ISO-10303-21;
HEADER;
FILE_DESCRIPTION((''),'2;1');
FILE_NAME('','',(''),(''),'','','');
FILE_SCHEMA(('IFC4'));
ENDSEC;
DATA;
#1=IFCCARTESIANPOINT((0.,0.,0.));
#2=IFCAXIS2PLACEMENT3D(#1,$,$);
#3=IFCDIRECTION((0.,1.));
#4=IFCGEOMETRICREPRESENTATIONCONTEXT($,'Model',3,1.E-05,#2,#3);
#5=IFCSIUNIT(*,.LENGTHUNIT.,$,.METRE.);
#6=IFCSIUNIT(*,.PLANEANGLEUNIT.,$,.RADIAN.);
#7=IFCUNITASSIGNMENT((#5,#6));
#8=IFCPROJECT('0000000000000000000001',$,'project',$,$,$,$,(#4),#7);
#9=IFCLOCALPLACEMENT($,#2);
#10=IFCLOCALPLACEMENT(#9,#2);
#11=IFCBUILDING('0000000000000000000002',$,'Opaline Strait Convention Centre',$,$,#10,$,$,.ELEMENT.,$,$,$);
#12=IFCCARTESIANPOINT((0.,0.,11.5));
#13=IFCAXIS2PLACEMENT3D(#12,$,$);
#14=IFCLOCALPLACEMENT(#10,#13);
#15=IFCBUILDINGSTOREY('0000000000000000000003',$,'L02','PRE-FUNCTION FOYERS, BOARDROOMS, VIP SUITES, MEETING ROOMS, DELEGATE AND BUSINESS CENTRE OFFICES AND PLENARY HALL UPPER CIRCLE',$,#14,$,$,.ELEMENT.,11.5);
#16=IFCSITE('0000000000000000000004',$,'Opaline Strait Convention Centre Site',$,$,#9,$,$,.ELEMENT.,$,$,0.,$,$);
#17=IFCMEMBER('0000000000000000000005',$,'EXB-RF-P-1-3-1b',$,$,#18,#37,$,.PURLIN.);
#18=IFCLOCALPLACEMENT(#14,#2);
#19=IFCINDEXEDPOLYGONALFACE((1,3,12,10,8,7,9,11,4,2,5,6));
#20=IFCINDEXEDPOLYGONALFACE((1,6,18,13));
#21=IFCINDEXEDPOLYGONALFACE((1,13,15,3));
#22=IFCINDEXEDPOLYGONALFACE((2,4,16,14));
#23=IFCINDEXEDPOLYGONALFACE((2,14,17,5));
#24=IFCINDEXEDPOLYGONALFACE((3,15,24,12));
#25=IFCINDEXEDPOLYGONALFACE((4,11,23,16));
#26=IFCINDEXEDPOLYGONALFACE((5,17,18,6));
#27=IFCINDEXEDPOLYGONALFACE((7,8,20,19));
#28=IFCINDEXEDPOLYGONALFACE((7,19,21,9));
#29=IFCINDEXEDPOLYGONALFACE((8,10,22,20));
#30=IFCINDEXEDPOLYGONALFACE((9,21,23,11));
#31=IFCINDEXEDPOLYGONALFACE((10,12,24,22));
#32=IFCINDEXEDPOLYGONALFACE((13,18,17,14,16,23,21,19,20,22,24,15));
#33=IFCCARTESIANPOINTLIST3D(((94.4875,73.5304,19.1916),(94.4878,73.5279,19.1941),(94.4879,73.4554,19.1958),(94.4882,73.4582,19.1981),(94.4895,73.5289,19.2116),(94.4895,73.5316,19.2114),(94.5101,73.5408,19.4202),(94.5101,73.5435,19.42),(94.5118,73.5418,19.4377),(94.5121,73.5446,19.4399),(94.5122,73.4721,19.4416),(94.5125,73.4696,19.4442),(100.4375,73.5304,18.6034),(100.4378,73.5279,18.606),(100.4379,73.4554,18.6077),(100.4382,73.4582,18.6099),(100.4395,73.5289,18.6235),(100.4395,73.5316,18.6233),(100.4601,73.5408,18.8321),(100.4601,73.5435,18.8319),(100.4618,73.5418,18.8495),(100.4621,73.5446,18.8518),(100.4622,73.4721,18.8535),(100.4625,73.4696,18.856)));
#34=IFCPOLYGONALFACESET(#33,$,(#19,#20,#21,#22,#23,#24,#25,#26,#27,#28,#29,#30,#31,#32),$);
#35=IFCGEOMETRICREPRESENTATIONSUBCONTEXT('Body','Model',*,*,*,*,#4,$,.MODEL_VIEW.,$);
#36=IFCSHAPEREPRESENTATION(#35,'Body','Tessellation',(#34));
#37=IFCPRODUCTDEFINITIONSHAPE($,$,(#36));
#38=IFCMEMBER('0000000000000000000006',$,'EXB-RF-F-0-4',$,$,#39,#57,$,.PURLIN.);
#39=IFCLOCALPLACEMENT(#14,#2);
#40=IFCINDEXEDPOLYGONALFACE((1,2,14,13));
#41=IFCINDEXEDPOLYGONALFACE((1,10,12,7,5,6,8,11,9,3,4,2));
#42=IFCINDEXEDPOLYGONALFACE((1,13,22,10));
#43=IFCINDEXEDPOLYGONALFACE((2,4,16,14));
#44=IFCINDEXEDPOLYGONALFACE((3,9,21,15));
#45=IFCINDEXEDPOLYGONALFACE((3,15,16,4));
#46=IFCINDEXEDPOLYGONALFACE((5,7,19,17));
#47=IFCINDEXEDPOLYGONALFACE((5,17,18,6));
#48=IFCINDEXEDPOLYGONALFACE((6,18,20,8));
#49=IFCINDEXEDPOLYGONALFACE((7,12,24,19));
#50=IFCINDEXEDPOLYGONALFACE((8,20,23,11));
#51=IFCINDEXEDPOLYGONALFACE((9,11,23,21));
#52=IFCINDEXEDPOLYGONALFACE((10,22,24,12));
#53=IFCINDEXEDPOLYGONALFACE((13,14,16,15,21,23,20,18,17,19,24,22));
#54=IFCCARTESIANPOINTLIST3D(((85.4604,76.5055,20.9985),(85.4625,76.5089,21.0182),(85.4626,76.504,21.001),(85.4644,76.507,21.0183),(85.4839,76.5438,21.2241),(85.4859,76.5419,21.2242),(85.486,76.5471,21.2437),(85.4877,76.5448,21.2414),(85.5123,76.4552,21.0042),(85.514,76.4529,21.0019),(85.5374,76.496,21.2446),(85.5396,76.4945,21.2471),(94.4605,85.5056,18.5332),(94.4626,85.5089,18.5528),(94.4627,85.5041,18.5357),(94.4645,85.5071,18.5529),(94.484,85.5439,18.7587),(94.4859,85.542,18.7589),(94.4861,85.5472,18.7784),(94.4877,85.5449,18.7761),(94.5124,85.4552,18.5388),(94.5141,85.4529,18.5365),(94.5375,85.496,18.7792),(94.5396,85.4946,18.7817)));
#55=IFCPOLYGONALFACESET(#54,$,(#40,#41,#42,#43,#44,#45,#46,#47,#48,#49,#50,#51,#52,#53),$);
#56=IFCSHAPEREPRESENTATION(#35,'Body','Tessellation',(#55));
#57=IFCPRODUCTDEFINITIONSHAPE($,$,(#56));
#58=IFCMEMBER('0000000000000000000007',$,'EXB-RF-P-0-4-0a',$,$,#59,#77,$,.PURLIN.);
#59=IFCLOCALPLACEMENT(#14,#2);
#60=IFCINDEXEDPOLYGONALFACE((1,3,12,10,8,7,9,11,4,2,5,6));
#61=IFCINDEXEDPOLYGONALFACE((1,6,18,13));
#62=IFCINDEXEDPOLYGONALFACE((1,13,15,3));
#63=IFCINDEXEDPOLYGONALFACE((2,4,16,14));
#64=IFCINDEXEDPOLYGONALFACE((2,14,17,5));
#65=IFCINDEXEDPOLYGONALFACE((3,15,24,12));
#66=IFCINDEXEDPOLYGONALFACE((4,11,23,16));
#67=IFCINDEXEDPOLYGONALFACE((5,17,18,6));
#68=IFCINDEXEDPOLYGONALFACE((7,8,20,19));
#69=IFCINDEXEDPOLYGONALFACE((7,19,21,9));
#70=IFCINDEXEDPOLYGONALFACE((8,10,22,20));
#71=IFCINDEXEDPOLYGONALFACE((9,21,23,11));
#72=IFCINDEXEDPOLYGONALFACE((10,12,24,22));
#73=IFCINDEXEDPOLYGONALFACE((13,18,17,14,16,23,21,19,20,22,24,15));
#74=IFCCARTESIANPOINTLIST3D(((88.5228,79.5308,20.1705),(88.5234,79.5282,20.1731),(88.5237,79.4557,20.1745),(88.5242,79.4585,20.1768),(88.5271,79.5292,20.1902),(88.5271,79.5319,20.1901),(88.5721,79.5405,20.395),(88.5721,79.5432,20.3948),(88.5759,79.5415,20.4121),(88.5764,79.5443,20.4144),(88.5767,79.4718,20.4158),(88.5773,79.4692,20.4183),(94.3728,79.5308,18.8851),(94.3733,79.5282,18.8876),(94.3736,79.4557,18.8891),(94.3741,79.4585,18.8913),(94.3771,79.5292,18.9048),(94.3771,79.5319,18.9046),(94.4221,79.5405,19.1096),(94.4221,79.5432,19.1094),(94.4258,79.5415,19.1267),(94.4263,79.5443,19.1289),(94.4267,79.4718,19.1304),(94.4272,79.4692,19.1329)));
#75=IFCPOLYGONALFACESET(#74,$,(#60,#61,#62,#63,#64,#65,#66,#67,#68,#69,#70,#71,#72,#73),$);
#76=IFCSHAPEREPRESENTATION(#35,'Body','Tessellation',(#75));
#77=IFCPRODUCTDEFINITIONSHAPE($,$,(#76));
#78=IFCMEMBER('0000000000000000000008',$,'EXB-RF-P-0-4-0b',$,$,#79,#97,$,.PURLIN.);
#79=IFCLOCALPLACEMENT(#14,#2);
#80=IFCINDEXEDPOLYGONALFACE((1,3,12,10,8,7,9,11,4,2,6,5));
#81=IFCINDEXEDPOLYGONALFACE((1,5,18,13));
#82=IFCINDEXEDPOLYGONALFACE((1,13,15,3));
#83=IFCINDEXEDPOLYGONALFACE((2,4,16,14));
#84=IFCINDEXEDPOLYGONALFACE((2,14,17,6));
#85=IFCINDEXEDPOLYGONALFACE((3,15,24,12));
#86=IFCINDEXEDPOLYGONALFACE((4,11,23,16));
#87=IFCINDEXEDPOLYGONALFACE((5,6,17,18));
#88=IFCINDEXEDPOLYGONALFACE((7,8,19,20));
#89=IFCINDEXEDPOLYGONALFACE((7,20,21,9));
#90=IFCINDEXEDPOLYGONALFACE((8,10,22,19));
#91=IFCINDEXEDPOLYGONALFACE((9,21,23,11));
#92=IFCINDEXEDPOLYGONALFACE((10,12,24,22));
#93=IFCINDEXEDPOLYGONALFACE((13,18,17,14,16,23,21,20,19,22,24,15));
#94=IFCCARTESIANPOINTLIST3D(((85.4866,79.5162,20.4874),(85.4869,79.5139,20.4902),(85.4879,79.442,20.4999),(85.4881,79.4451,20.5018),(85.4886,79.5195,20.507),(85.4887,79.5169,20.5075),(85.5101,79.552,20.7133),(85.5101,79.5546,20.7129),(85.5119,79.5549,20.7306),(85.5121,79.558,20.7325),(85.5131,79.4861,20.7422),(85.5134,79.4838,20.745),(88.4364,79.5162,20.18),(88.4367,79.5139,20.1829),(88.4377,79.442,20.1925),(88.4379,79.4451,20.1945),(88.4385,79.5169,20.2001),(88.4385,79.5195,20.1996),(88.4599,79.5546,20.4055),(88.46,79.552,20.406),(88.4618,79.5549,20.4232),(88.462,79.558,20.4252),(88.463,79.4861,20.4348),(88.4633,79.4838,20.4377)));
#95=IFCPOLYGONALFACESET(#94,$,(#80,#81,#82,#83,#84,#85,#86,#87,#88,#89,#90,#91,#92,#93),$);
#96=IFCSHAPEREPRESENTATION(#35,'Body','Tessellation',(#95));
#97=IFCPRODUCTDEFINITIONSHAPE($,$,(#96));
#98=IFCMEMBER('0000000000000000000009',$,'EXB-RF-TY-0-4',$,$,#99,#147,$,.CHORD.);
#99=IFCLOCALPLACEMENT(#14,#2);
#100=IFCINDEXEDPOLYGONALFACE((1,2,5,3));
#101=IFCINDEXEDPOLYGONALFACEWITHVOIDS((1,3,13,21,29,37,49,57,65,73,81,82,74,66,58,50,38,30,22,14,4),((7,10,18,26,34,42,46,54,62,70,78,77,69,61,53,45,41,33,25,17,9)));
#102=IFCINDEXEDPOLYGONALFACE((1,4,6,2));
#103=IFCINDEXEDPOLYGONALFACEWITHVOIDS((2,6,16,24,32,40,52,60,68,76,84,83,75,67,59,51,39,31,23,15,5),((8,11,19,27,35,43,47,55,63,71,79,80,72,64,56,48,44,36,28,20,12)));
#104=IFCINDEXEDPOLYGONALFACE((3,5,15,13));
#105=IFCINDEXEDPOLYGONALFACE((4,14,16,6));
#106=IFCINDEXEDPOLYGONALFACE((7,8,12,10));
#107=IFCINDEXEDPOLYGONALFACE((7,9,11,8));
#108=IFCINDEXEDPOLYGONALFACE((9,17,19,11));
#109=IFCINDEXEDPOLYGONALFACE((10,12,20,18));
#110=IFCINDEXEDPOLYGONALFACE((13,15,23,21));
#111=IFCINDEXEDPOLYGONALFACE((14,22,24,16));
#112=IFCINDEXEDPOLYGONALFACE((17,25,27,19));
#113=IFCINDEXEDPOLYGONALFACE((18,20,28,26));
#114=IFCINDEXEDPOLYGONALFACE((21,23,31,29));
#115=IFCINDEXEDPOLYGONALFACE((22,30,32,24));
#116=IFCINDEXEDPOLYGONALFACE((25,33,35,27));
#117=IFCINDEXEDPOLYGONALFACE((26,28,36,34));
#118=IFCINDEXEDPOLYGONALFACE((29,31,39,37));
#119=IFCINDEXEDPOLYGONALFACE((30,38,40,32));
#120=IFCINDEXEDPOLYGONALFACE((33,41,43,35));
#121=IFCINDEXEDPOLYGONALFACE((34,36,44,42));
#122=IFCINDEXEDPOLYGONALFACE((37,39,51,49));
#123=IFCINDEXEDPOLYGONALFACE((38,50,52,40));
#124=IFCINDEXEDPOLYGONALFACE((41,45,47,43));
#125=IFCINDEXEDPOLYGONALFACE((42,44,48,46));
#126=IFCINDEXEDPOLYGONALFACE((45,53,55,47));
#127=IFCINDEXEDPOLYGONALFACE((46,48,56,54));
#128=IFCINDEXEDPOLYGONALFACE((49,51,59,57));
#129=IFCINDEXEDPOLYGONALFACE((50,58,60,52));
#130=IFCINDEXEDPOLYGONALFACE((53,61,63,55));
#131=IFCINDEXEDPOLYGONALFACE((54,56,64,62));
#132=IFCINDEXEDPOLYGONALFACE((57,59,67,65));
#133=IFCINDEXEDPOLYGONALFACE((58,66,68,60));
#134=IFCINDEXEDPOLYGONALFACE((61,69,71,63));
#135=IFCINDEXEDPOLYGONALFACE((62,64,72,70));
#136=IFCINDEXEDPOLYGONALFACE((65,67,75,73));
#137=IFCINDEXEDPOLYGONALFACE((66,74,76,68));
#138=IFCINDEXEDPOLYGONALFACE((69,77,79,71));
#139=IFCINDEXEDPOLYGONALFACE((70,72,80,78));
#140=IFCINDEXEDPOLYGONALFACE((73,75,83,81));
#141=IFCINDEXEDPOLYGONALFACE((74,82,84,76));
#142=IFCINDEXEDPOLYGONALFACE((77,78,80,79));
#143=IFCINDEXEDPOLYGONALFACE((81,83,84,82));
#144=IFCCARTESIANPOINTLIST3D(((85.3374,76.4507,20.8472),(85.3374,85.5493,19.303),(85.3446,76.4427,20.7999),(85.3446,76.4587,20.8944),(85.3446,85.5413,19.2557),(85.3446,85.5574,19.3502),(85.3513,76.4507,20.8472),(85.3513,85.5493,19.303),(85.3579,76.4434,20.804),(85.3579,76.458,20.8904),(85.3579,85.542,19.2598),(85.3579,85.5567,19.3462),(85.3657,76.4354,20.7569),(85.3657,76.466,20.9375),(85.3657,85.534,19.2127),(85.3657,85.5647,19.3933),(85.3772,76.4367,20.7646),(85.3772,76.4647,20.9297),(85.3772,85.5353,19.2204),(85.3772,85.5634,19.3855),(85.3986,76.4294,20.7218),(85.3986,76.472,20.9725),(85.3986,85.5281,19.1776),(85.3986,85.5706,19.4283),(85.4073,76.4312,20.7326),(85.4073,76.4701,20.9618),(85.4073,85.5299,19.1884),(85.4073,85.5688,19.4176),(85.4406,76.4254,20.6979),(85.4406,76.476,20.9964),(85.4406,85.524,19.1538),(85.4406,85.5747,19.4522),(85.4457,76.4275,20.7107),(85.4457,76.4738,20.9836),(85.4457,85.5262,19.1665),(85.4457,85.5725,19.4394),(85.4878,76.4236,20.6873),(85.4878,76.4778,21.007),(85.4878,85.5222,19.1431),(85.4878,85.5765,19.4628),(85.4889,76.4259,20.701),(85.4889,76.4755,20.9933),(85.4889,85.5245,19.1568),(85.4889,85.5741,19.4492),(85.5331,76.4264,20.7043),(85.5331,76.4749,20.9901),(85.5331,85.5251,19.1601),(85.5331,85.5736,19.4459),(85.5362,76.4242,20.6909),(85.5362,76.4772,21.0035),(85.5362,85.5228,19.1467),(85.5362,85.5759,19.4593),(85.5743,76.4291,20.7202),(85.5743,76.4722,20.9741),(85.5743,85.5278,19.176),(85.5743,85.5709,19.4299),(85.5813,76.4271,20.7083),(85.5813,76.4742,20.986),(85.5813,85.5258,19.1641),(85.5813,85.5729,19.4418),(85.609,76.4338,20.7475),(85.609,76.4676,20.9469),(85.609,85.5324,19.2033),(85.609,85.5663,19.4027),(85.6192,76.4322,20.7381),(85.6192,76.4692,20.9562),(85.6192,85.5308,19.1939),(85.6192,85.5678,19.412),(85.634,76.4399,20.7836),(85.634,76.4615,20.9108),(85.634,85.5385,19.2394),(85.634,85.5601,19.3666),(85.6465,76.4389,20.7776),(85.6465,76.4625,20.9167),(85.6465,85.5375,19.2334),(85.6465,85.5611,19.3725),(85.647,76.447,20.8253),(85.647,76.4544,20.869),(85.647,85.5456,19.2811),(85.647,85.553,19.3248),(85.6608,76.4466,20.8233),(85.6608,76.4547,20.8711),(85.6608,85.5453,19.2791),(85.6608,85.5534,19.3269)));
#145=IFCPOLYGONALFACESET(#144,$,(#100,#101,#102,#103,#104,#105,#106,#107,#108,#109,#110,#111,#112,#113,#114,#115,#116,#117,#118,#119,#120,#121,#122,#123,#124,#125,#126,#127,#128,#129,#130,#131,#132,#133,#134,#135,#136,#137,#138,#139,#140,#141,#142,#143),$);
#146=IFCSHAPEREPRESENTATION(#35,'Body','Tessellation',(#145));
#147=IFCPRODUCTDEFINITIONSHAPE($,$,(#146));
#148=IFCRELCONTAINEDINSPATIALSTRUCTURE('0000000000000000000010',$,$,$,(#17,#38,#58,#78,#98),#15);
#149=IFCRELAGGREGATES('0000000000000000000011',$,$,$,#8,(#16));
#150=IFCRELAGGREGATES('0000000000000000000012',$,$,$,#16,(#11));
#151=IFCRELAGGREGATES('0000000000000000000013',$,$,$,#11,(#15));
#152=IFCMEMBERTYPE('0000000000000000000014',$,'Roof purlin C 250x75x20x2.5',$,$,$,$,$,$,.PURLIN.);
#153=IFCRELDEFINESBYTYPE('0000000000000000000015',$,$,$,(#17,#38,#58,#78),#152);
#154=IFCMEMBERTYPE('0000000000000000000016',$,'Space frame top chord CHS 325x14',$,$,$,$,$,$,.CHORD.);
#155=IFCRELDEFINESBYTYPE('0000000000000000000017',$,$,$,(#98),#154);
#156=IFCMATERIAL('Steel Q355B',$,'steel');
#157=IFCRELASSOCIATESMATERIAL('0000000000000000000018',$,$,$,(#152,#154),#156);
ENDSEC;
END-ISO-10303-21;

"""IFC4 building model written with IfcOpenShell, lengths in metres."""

from ifc_helpers import new_model, si_unit, direction, frame, origin, origin_2d, place, context, subcontext, project, spatial, polyline, hollow_circle, outline, extrude, material, material_profile, profile_set, type_object, element, save


model = new_model("IFC4")

# Units and contexts
model_context = context("Model", 3, precision=1e-05, world=origin(), true_north=direction((0.0, 1.0)))
body_context = subcontext(model_context, "Body", "Model", "MODEL_VIEW")
ifc_project = project(units=[si_unit("LENGTHUNIT", "METRE"), si_unit("PLANEANGLEUNIT", "RADIAN")], contexts=[model_context])

# Site, building, storey
site_placement = place(None, origin())
site = spatial("IfcSite", under=ifc_project, at=site_placement, Name="Opaline Strait Convention Centre Site", CompositionType="ELEMENT", RefElevation=0.0)
building_placement = place(site_placement, origin())
building = spatial("IfcBuilding", under=site, at=building_placement, Name="Opaline Strait Convention Centre", CompositionType="ELEMENT")
storey_placement = place(building_placement, frame((0.0, 0.0, 11.5)))
storey = spatial("IfcBuildingStorey", under=building, at=storey_placement, Name="L02", Description="PRE-FUNCTION FOYERS, BOARDROOMS, VIP SUITES, MEETING ROOMS, DELEGATE AND BUSINESS CENTRE OFFICES AND PLENARY HALL UPPER CIRCLE", CompositionType="ELEMENT", Elevation=11.5)

# Members
ifc_material_1 = material(Name="Steel Q355B", Category="steel")
ifc_material_profile_1 = material_profile(ifc_material_1, outline(polyline([(-0.0376, -0.125), (0.0376, -0.125), (0.0376, -0.105), (0.0349, -0.105), (0.0349, -0.1226), (-0.0349, -0.1226), (-0.0349, 0.1226), (0.0349, 0.1226), (0.0349, 0.105), (0.0376, 0.105), (0.0376, 0.125), (-0.0376, 0.125), (-0.0376, -0.125)])), Name="C 250x75x20x2.5")
ifc_profile_set_1 = profile_set([ifc_material_profile_1], Name="Steel Q355B")
member_type_1 = type_object("IfcMemberType", Name="Roof purlin C 250x75x20x2.5", PredefinedType="PURLIN", material=ifc_profile_set_1)
member_1_placement = place(storey_placement, frame((94.5, 73.5, 19.3179), z_axis=(0.99515, 0.0, -0.098368), x_axis=(-0.005584, 0.998387, -0.056494)))
element("IfcMember", 1, at=member_1_placement, inside=storey, type_object=member_type_1, Name="EXB-RF-P-1-3-1b", PredefinedType="PURLIN", context=body_context, shape_type="SweptSolid", body=[
    extrude(outline(polyline([(-0.0376, -0.125), (0.0376, -0.125), (0.0376, -0.105), (0.0349, -0.105), (0.0349, -0.1226), (-0.0349, -0.1226), (-0.0349, 0.1226), (0.0349, 0.1226), (0.0349, 0.105), (0.0376, 0.105), (0.0376, 0.125), (-0.0376, 0.125), (-0.0376, -0.125)])), origin(), (0.0, 0.0, 1.0), 5.979),
])
member_2_placement = place(storey_placement, frame((85.5, 76.5, 21.1228), z_axis=(0.694204, 0.694204, -0.19016), x_axis=(-0.712484, 0.700271, -0.044585)))
element("IfcMember", 2, at=member_2_placement, inside=storey, type_object=member_type_1, Name="EXB-RF-F-0-4", PredefinedType="PURLIN", context=body_context, shape_type="SweptSolid", body=[
    extrude(outline(polyline([(-0.0376, -0.125), (0.0376, -0.125), (0.0376, -0.105), (0.0349, -0.105), (0.0349, -0.1226), (-0.0349, -0.1226), (-0.0349, 0.1226), (0.0349, 0.1226), (0.0349, 0.105), (0.0376, 0.105), (0.0376, 0.125), (-0.0376, 0.125), (-0.0376, -0.125)])), origin(), (0.0, 0.0, 1.0), 12.9646),
])
member_3_placement = place(storey_placement, frame((88.55, 79.5, 20.2944), z_axis=(0.976699, 0.0, -0.214612), x_axis=(-0.011616, 0.998534, -0.052866)))
element("IfcMember", 3, at=member_3_placement, inside=storey, type_object=member_type_1, Name="EXB-RF-P-0-4-0a", PredefinedType="PURLIN", context=body_context, shape_type="SweptSolid", body=[
    extrude(outline(polyline([(-0.0376, -0.125), (0.0376, -0.125), (0.0376, -0.105), (0.0349, -0.105), (0.0349, -0.1226), (-0.0349, -0.1226), (-0.0349, 0.1226), (0.0349, 0.1226), (0.0349, 0.105), (0.0376, 0.105), (0.0376, 0.125), (-0.0376, 0.125), (-0.0376, -0.125)])), origin(), (0.0, 0.0, 1.0), 5.9895),
])
member_4_placement = place(storey_placement, frame((85.5, 79.5, 20.6162), z_axis=(0.994615, 0.0, -0.103635), x_axis=(-0.01734, 0.985904, -0.166413)))
element("IfcMember", 4, at=member_4_placement, inside=storey, type_object=member_type_1, Name="EXB-RF-P-0-4-0b", PredefinedType="PURLIN", context=body_context, shape_type="SweptSolid", body=[
    extrude(outline(polyline([(-0.0376, -0.125), (0.0376, -0.125), (0.0376, -0.105), (0.0349, -0.105), (0.0349, -0.1226), (-0.0349, -0.1226), (-0.0349, 0.1226), (0.0349, 0.1226), (0.0349, 0.105), (0.0376, 0.105), (0.0376, 0.125), (-0.0376, 0.125), (-0.0376, -0.125)])), origin(), (0.0, 0.0, 1.0), 2.9658),
])
ifc_material_profile_2 = material_profile(ifc_material_1, hollow_circle(Radius=0.1626, WallThickness=0.0139, at=origin_2d()), Name="CHS 325x14")
ifc_profile_set_2 = profile_set([ifc_material_profile_2], Name="Steel Q355B")
member_type_2 = type_object("IfcMemberType", Name="Space frame top chord CHS 325x14", PredefinedType="CHORD", material=ifc_profile_set_2)
member_5_placement = place(storey_placement, frame((85.5, 76.4507, 20.8472), z_axis=(0.0, 0.985902, -0.167324), x_axis=(-1.0, 0.0, 0.0)))
element("IfcMember", 5, at=member_5_placement, inside=storey, type_object=member_type_2, Name="EXB-RF-TY-0-4", PredefinedType="CHORD", context=body_context, shape_type="SweptSolid", body=[
    extrude(hollow_circle(Radius=0.1626, WallThickness=0.0139, at=origin_2d()), origin(), (0.0, 0.0, 1.0), 9.2288),
])

save(model, "model.ifc")
